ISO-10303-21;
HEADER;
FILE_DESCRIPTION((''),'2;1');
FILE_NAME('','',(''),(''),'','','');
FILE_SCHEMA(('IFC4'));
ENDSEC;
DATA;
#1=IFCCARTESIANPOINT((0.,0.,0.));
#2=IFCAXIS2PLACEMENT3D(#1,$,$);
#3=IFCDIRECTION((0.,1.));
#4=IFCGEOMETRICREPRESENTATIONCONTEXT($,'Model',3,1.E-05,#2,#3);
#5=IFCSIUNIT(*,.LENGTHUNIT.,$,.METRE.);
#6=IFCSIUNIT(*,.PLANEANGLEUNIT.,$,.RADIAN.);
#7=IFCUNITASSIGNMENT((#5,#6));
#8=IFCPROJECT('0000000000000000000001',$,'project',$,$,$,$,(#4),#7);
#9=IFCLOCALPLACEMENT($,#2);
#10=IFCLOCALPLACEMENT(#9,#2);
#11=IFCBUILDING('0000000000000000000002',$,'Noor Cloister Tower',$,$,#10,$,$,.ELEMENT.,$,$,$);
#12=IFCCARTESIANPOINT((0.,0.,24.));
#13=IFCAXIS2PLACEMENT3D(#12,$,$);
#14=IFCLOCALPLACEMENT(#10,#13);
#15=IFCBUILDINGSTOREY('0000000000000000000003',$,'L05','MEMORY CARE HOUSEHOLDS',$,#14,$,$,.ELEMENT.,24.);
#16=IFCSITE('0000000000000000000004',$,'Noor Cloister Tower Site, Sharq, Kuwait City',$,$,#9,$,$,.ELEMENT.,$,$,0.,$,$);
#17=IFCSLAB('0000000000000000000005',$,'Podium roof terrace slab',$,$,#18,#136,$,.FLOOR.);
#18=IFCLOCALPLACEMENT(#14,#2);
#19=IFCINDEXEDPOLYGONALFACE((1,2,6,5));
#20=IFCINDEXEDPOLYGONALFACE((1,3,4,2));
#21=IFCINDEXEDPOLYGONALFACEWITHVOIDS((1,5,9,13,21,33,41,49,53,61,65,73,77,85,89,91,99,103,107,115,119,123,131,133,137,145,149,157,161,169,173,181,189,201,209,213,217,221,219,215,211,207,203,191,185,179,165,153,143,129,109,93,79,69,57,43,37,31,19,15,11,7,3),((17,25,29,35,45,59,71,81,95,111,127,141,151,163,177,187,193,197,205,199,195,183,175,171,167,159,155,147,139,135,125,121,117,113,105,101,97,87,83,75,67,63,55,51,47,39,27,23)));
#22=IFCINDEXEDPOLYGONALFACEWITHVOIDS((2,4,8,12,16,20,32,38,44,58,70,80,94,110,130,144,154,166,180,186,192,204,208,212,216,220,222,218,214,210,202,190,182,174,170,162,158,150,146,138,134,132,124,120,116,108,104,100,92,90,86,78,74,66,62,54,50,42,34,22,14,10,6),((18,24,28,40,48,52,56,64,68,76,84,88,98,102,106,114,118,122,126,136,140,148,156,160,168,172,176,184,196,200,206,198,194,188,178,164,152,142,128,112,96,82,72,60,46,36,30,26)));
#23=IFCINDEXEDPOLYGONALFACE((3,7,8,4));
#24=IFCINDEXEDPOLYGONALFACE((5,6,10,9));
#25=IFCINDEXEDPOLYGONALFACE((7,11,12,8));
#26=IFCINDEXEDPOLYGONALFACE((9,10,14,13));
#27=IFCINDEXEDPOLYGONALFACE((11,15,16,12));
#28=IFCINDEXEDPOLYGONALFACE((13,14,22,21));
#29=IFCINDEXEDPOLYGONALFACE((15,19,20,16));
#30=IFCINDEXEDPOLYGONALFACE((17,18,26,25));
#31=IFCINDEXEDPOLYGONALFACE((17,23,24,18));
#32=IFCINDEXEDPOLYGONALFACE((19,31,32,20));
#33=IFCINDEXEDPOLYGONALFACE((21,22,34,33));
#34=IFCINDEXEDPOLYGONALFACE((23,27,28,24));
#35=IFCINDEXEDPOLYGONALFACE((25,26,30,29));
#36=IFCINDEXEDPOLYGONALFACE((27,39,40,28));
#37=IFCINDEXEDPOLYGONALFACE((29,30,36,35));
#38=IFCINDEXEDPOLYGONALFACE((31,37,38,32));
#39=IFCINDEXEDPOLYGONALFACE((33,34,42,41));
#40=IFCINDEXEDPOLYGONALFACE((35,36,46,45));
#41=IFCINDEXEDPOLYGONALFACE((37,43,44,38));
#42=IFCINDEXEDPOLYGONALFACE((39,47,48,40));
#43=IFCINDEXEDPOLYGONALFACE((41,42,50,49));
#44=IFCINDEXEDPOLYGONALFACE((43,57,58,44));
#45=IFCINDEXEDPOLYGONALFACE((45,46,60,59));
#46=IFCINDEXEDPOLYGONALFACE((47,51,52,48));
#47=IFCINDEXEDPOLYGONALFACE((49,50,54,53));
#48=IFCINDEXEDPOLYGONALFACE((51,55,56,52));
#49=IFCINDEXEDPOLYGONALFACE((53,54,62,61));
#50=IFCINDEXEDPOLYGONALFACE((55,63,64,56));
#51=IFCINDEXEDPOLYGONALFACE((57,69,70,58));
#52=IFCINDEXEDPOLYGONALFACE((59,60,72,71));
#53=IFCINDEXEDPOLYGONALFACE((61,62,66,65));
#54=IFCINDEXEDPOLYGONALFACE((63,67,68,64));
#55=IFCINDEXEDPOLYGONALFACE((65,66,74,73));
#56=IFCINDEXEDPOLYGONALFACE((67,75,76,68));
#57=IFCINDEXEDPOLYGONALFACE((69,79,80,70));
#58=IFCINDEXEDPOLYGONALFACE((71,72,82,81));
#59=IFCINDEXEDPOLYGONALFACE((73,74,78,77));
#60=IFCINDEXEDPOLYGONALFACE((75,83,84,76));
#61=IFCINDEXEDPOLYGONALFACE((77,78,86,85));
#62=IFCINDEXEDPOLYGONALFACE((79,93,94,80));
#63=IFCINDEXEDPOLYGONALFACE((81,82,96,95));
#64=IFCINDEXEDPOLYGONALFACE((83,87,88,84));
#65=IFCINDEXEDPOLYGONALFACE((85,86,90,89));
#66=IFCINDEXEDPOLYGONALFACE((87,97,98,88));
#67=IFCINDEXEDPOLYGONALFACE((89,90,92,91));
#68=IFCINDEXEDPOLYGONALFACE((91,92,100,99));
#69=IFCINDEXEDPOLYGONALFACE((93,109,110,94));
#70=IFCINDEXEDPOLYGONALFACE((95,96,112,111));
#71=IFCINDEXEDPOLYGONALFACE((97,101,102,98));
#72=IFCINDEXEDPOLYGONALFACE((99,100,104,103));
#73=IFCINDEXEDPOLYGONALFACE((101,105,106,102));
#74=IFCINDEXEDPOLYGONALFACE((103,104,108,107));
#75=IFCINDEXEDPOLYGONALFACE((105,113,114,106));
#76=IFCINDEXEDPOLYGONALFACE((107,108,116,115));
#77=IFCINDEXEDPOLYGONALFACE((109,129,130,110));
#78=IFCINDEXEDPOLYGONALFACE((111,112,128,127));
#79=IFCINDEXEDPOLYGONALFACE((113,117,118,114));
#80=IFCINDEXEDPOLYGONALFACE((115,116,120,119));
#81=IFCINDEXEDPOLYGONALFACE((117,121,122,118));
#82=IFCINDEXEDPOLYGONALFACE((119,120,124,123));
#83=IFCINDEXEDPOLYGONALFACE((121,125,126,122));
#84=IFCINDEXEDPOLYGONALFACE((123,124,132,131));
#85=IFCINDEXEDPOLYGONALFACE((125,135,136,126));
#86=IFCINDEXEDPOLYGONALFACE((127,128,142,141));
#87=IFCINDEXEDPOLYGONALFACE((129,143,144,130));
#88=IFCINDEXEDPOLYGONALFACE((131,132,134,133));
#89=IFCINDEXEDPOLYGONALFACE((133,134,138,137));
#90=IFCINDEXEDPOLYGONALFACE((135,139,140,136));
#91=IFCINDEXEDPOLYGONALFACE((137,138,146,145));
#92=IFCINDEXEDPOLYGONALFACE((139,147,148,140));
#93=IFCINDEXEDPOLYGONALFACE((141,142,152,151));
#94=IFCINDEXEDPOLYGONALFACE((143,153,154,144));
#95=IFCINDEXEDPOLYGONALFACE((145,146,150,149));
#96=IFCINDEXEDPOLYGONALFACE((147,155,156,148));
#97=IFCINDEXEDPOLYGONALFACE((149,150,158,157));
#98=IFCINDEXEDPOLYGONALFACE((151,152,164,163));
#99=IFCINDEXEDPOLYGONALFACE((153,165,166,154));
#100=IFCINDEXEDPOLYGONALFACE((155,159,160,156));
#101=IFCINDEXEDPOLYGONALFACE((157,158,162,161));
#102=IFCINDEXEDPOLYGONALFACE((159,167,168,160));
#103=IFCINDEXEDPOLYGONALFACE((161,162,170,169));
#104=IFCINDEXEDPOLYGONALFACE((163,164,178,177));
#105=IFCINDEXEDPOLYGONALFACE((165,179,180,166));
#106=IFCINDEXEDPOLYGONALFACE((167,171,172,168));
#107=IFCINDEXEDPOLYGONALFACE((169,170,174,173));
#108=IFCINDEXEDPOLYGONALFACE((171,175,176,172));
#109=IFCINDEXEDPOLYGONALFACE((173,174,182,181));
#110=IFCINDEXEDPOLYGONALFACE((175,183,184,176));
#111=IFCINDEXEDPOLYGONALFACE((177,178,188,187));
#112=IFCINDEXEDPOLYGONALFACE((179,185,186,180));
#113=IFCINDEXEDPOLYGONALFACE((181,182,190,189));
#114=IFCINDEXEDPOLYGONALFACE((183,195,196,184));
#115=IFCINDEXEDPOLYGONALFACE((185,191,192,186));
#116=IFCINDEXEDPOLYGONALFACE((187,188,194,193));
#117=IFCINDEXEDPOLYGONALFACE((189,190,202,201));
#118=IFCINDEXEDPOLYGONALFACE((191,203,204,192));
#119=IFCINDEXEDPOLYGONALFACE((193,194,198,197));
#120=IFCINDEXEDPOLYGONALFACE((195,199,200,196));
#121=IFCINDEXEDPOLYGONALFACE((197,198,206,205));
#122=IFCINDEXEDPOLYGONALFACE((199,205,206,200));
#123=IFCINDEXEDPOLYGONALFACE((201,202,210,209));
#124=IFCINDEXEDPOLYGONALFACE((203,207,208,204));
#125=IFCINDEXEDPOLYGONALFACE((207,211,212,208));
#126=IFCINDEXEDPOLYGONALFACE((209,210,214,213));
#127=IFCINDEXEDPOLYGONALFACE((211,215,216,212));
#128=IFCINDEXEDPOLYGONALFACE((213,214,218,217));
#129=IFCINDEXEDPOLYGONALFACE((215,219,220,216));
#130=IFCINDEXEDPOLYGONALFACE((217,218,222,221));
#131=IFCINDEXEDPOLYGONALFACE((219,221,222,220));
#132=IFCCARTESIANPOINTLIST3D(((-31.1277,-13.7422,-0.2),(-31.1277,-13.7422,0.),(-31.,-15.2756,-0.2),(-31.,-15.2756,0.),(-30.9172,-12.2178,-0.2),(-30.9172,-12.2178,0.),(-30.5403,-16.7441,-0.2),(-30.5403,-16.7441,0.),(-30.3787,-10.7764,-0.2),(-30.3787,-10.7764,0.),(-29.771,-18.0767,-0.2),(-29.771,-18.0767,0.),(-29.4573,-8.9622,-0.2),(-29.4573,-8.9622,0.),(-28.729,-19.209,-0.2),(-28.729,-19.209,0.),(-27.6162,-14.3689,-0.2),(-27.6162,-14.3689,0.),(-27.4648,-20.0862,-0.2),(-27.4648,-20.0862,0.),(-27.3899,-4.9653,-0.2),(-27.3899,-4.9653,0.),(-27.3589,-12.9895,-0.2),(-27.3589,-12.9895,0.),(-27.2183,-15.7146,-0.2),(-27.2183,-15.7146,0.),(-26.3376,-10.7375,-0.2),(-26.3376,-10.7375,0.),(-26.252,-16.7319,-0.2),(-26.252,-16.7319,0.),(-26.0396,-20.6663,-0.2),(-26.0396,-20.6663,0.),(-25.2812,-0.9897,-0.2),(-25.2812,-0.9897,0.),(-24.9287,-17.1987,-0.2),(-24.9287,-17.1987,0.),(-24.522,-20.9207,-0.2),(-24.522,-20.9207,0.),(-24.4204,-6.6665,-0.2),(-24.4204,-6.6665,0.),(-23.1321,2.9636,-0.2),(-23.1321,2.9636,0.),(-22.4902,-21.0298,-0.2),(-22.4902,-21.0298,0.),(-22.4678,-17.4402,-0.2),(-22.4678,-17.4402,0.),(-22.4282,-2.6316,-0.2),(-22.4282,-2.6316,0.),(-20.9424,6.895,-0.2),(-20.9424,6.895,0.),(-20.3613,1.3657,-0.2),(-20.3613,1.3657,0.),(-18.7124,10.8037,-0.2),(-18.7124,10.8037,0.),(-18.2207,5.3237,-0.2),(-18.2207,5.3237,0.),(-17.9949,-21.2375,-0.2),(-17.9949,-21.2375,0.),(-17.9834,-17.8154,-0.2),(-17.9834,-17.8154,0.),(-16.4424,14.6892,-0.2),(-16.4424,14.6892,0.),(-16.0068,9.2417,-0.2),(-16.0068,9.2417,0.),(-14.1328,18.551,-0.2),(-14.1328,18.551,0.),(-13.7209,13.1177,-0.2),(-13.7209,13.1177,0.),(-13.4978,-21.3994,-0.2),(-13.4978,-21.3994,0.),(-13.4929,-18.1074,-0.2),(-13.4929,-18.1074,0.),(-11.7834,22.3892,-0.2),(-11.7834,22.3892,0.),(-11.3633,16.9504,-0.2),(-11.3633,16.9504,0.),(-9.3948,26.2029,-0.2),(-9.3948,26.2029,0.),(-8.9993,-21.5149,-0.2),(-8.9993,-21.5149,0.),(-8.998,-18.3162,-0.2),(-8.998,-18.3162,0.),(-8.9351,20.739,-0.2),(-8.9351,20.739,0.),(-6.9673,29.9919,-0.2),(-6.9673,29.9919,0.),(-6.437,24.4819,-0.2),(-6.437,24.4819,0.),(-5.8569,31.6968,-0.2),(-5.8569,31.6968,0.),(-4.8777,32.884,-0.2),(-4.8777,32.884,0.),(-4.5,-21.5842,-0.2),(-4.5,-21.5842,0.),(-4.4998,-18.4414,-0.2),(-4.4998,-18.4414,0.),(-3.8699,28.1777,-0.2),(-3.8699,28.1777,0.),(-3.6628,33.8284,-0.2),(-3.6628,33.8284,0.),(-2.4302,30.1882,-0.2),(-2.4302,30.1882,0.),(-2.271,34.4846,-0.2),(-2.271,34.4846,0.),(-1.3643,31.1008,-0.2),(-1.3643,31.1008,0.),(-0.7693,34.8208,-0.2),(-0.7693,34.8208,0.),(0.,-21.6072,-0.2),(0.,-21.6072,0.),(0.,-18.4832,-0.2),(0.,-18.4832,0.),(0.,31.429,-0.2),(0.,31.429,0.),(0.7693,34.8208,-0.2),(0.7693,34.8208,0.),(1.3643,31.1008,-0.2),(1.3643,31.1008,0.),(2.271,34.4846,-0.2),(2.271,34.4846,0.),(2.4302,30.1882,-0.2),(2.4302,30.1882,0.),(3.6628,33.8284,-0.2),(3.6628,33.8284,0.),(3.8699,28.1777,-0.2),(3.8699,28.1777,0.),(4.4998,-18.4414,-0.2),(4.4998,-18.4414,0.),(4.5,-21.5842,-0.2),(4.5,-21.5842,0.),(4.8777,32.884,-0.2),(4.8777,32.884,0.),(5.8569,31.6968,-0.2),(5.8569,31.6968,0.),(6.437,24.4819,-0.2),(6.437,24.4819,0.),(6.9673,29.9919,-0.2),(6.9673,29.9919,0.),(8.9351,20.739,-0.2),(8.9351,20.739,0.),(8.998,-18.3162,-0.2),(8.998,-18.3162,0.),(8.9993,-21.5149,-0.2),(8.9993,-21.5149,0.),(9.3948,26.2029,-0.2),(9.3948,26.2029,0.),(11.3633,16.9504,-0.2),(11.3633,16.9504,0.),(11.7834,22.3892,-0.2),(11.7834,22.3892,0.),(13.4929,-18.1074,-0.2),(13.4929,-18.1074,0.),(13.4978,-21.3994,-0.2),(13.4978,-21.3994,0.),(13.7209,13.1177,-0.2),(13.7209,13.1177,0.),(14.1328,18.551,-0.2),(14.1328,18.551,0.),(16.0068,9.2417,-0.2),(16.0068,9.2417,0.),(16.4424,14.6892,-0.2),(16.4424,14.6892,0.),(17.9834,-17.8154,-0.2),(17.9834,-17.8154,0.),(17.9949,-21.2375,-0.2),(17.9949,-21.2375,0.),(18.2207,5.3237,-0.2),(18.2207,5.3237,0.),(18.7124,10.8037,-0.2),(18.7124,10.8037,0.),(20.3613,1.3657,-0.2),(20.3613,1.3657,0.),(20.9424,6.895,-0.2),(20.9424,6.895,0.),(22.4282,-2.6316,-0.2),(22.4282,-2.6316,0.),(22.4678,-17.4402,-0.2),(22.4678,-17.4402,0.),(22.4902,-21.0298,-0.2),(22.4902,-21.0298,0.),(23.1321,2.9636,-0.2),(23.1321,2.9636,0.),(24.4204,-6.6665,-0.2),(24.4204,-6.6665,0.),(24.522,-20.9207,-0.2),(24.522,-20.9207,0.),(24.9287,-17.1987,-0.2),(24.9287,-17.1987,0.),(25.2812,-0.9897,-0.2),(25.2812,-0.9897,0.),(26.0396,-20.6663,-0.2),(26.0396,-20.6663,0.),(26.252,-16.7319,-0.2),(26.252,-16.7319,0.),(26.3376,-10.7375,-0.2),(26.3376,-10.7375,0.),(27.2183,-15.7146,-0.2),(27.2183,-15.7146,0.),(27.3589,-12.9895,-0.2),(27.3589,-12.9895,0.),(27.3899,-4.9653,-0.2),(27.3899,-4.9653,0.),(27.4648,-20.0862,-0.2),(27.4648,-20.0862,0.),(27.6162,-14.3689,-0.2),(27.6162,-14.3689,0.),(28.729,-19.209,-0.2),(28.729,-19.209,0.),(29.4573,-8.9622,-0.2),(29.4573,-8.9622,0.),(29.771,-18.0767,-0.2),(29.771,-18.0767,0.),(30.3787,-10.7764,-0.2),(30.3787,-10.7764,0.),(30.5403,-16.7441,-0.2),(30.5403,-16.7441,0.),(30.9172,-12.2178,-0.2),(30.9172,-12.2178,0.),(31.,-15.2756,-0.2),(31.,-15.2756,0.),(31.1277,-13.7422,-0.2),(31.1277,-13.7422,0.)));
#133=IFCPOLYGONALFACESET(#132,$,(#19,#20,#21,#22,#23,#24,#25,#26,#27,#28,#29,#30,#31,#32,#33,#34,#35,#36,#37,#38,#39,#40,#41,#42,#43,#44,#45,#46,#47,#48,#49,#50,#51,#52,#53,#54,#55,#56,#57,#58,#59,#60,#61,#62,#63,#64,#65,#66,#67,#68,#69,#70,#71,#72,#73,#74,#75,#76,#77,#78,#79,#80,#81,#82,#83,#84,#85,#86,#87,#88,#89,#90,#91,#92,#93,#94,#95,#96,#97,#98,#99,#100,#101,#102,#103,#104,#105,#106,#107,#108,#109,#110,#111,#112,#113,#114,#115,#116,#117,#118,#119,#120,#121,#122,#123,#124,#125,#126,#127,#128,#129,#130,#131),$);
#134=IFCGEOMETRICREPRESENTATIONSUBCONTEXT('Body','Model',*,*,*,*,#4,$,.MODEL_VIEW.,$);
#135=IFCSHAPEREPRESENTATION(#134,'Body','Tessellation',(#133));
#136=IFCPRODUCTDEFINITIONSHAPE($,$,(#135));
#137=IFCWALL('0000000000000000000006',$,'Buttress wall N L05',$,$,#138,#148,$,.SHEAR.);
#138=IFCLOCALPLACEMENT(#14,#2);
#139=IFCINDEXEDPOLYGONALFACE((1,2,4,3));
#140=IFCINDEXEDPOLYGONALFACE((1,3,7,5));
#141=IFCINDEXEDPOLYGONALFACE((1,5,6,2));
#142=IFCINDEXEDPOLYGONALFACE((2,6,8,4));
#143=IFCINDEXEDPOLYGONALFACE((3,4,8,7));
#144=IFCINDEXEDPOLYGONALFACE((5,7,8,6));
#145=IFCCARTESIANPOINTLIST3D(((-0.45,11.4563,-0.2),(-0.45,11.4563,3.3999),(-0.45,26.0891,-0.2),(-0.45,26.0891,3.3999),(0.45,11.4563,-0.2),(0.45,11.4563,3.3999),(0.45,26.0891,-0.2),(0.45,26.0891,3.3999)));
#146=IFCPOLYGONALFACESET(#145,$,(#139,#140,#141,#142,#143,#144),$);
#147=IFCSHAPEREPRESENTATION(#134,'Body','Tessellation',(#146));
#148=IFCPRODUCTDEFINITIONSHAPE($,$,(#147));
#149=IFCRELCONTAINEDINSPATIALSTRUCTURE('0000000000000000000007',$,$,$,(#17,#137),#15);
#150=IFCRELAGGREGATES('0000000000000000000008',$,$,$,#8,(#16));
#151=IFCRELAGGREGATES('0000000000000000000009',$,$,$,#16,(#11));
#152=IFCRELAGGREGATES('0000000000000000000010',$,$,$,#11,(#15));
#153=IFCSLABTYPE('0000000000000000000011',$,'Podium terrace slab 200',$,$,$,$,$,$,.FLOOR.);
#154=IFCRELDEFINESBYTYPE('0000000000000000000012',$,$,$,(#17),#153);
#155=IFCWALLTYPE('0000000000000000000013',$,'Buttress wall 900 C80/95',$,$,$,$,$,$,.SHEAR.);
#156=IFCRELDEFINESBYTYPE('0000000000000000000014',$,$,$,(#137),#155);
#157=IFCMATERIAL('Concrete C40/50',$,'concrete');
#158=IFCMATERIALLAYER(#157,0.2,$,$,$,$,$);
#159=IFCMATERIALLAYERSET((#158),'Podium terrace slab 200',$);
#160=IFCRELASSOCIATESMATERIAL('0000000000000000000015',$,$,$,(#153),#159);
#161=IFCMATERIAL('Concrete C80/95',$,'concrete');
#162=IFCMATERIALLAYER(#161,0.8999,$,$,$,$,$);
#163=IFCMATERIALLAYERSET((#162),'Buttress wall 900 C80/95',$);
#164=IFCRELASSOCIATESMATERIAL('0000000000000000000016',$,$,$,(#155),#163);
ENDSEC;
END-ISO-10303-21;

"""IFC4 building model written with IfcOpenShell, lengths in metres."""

from ifc_helpers import new_model, si_unit, direction, frame, frame_2d, origin, place, context, subcontext, project, spatial, polyline, rectangle, outline, extrude, material, layer, layer_set, type_object, element, save


model = new_model("IFC4")

# Units and contexts
model_context = context("Model", 3, precision=1e-05, world=origin(), true_north=direction((0.0, 1.0)))
body_context = subcontext(model_context, "Body", "Model", "MODEL_VIEW")
ifc_project = project(units=[si_unit("LENGTHUNIT", "METRE"), si_unit("PLANEANGLEUNIT", "RADIAN")], contexts=[model_context])

# Site, building, storey
site_placement = place(None, origin())
site = spatial("IfcSite", under=ifc_project, at=site_placement, Name="Noor Cloister Tower Site, Sharq, Kuwait City", CompositionType="ELEMENT", RefElevation=0.0)
building_placement = place(site_placement, origin())
building = spatial("IfcBuilding", under=site, at=building_placement, Name="Noor Cloister Tower", CompositionType="ELEMENT")
storey_placement = place(building_placement, frame((0.0, 0.0, 24.0)))
storey = spatial("IfcBuildingStorey", under=building, at=storey_placement, Name="L05", Description="MEMORY CARE HOUSEHOLDS", CompositionType="ELEMENT", Elevation=24.0)

# Slab
ifc_material_1 = material(Name="Concrete C40/50", Category="concrete")
ifc_layer_1 = layer(ifc_material_1, 0.2)
ifc_layer_set_1 = layer_set([ifc_layer_1], Name="Podium terrace slab 200")
slab_type_1 = type_object("IfcSlabType", Name="Podium terrace slab 200", PredefinedType="FLOOR", material=ifc_layer_set_1)
slab_1_placement = place(storey_placement, frame((0.0, 0.0, -0.2)))
element("IfcSlab", 1, at=slab_1_placement, inside=storey, type_object=slab_type_1, Name="Podium roof terrace slab", PredefinedType="FLOOR", context=body_context, shape_type="SweptSolid", body=[
    extrude(outline(polyline([(5.8569, 31.6968), (4.8777, 32.884), (3.6628, 33.8284), (2.271, 34.4846), (0.7693, 34.8208), (-0.7693, 34.8208), (-2.271, 34.4846), (-3.6628, 33.8284), (-4.8777, 32.884), (-5.8569, 31.6968), (-6.9673, 29.9919), (-9.3948, 26.2029), (-11.7834, 22.3892), (-14.1328, 18.551), (-16.4424, 14.6892), (-18.7124, 10.8037), (-20.9424, 6.895), (-23.1321, 2.9636), (-25.2812, -0.9897), (-27.3899, -4.9653), (-29.4573, -8.9622), (-30.3787, -10.7764), (-30.9172, -12.2178), (-31.1277, -13.7422), (-31.0, -15.2756), (-30.5403, -16.7441), (-29.771, -18.0767), (-28.729, -19.209), (-27.4648, -20.0862), (-26.0396, -20.6663), (-24.522, -20.9207), (-22.4902, -21.0298), (-17.9949, -21.2375), (-13.4978, -21.3994), (-8.9993, -21.5149), (-4.5, -21.5842), (0.0, -21.6072), (4.5, -21.5842), (8.9993, -21.5149), (13.4978, -21.3994), (17.9949, -21.2375), (22.4902, -21.0298), (24.522, -20.9207), (26.0396, -20.6663), (27.4648, -20.0862), (28.729, -19.209), (29.771, -18.0767), (30.5403, -16.7441), (31.0, -15.2756), (31.1277, -13.7422), (30.9172, -12.2178), (30.3787, -10.7764), (29.4573, -8.9622), (27.3899, -4.9653), (25.2812, -0.9897), (23.1321, 2.9636), (20.9424, 6.895), (18.7124, 10.8037), (16.4424, 14.6892), (14.1328, 18.551), (11.7834, 22.3892), (9.3948, 26.2029), (6.9673, 29.9919), (5.8569, 31.6968)]), holes=[polyline([(2.4302, 30.1882), (1.3643, 31.1008), (0.0, 31.429), (-1.3643, 31.1008), (-2.4302, 30.1882), (-3.8699, 28.1777), (-6.437, 24.4819), (-8.9351, 20.739), (-11.3633, 16.9504), (-13.7209, 13.1177), (-16.0068, 9.2417), (-18.2207, 5.3237), (-20.3613, 1.3657), (-22.4282, -2.6316), (-24.4204, -6.6665), (-26.3376, -10.7375), (-27.3589, -12.9895), (-27.6162, -14.3689), (-27.2183, -15.7146), (-26.252, -16.7319), (-24.9287, -17.1987), (-22.4678, -17.4402), (-17.9834, -17.8154), (-13.4929, -18.1074), (-8.998, -18.3162), (-4.4998, -18.4414), (0.0, -18.4832), (4.4998, -18.4414), (8.998, -18.3162), (13.4929, -18.1074), (17.9834, -17.8154), (22.4678, -17.4402), (24.9287, -17.1987), (26.252, -16.7319), (27.2183, -15.7146), (27.6162, -14.3689), (27.3589, -12.9895), (26.3376, -10.7375), (24.4204, -6.6665), (22.4282, -2.6316), (20.3613, 1.3657), (18.2207, 5.3237), (16.0068, 9.2417), (13.7209, 13.1177), (11.3633, 16.9504), (8.9351, 20.739), (6.437, 24.4819), (3.8699, 28.1777), (2.4302, 30.1882)])]), origin(), (0.0, 0.0, 1.0), 0.2),
])

# Wall
ifc_material_2 = material(Name="Concrete C80/95", Category="concrete")
ifc_layer_2 = layer(ifc_material_2, 0.8999)
ifc_layer_set_2 = layer_set([ifc_layer_2], Name="Buttress wall 900 C80/95")
wall_type_1 = type_object("IfcWallType", Name="Buttress wall 900 C80/95", PredefinedType="SHEAR", material=ifc_layer_set_2)
wall_1_placement = place(storey_placement, frame((0.0, 11.4563, -0.2), z_axis=(0.0, 0.0, 1.0), x_axis=(0.0, 1.0, 0.0)))
element("IfcWall", 2, at=wall_1_placement, inside=storey, type_object=wall_type_1, Name="Buttress wall N L05", PredefinedType="SHEAR", context=body_context, shape_type="SweptSolid", body=[
    extrude(rectangle(XDim=14.6328, YDim=0.8999, at=frame_2d((7.3164, 0.0))), origin(), (0.0, 0.0, 1.0), 3.5999),
])

save(model, "model.ifc")
